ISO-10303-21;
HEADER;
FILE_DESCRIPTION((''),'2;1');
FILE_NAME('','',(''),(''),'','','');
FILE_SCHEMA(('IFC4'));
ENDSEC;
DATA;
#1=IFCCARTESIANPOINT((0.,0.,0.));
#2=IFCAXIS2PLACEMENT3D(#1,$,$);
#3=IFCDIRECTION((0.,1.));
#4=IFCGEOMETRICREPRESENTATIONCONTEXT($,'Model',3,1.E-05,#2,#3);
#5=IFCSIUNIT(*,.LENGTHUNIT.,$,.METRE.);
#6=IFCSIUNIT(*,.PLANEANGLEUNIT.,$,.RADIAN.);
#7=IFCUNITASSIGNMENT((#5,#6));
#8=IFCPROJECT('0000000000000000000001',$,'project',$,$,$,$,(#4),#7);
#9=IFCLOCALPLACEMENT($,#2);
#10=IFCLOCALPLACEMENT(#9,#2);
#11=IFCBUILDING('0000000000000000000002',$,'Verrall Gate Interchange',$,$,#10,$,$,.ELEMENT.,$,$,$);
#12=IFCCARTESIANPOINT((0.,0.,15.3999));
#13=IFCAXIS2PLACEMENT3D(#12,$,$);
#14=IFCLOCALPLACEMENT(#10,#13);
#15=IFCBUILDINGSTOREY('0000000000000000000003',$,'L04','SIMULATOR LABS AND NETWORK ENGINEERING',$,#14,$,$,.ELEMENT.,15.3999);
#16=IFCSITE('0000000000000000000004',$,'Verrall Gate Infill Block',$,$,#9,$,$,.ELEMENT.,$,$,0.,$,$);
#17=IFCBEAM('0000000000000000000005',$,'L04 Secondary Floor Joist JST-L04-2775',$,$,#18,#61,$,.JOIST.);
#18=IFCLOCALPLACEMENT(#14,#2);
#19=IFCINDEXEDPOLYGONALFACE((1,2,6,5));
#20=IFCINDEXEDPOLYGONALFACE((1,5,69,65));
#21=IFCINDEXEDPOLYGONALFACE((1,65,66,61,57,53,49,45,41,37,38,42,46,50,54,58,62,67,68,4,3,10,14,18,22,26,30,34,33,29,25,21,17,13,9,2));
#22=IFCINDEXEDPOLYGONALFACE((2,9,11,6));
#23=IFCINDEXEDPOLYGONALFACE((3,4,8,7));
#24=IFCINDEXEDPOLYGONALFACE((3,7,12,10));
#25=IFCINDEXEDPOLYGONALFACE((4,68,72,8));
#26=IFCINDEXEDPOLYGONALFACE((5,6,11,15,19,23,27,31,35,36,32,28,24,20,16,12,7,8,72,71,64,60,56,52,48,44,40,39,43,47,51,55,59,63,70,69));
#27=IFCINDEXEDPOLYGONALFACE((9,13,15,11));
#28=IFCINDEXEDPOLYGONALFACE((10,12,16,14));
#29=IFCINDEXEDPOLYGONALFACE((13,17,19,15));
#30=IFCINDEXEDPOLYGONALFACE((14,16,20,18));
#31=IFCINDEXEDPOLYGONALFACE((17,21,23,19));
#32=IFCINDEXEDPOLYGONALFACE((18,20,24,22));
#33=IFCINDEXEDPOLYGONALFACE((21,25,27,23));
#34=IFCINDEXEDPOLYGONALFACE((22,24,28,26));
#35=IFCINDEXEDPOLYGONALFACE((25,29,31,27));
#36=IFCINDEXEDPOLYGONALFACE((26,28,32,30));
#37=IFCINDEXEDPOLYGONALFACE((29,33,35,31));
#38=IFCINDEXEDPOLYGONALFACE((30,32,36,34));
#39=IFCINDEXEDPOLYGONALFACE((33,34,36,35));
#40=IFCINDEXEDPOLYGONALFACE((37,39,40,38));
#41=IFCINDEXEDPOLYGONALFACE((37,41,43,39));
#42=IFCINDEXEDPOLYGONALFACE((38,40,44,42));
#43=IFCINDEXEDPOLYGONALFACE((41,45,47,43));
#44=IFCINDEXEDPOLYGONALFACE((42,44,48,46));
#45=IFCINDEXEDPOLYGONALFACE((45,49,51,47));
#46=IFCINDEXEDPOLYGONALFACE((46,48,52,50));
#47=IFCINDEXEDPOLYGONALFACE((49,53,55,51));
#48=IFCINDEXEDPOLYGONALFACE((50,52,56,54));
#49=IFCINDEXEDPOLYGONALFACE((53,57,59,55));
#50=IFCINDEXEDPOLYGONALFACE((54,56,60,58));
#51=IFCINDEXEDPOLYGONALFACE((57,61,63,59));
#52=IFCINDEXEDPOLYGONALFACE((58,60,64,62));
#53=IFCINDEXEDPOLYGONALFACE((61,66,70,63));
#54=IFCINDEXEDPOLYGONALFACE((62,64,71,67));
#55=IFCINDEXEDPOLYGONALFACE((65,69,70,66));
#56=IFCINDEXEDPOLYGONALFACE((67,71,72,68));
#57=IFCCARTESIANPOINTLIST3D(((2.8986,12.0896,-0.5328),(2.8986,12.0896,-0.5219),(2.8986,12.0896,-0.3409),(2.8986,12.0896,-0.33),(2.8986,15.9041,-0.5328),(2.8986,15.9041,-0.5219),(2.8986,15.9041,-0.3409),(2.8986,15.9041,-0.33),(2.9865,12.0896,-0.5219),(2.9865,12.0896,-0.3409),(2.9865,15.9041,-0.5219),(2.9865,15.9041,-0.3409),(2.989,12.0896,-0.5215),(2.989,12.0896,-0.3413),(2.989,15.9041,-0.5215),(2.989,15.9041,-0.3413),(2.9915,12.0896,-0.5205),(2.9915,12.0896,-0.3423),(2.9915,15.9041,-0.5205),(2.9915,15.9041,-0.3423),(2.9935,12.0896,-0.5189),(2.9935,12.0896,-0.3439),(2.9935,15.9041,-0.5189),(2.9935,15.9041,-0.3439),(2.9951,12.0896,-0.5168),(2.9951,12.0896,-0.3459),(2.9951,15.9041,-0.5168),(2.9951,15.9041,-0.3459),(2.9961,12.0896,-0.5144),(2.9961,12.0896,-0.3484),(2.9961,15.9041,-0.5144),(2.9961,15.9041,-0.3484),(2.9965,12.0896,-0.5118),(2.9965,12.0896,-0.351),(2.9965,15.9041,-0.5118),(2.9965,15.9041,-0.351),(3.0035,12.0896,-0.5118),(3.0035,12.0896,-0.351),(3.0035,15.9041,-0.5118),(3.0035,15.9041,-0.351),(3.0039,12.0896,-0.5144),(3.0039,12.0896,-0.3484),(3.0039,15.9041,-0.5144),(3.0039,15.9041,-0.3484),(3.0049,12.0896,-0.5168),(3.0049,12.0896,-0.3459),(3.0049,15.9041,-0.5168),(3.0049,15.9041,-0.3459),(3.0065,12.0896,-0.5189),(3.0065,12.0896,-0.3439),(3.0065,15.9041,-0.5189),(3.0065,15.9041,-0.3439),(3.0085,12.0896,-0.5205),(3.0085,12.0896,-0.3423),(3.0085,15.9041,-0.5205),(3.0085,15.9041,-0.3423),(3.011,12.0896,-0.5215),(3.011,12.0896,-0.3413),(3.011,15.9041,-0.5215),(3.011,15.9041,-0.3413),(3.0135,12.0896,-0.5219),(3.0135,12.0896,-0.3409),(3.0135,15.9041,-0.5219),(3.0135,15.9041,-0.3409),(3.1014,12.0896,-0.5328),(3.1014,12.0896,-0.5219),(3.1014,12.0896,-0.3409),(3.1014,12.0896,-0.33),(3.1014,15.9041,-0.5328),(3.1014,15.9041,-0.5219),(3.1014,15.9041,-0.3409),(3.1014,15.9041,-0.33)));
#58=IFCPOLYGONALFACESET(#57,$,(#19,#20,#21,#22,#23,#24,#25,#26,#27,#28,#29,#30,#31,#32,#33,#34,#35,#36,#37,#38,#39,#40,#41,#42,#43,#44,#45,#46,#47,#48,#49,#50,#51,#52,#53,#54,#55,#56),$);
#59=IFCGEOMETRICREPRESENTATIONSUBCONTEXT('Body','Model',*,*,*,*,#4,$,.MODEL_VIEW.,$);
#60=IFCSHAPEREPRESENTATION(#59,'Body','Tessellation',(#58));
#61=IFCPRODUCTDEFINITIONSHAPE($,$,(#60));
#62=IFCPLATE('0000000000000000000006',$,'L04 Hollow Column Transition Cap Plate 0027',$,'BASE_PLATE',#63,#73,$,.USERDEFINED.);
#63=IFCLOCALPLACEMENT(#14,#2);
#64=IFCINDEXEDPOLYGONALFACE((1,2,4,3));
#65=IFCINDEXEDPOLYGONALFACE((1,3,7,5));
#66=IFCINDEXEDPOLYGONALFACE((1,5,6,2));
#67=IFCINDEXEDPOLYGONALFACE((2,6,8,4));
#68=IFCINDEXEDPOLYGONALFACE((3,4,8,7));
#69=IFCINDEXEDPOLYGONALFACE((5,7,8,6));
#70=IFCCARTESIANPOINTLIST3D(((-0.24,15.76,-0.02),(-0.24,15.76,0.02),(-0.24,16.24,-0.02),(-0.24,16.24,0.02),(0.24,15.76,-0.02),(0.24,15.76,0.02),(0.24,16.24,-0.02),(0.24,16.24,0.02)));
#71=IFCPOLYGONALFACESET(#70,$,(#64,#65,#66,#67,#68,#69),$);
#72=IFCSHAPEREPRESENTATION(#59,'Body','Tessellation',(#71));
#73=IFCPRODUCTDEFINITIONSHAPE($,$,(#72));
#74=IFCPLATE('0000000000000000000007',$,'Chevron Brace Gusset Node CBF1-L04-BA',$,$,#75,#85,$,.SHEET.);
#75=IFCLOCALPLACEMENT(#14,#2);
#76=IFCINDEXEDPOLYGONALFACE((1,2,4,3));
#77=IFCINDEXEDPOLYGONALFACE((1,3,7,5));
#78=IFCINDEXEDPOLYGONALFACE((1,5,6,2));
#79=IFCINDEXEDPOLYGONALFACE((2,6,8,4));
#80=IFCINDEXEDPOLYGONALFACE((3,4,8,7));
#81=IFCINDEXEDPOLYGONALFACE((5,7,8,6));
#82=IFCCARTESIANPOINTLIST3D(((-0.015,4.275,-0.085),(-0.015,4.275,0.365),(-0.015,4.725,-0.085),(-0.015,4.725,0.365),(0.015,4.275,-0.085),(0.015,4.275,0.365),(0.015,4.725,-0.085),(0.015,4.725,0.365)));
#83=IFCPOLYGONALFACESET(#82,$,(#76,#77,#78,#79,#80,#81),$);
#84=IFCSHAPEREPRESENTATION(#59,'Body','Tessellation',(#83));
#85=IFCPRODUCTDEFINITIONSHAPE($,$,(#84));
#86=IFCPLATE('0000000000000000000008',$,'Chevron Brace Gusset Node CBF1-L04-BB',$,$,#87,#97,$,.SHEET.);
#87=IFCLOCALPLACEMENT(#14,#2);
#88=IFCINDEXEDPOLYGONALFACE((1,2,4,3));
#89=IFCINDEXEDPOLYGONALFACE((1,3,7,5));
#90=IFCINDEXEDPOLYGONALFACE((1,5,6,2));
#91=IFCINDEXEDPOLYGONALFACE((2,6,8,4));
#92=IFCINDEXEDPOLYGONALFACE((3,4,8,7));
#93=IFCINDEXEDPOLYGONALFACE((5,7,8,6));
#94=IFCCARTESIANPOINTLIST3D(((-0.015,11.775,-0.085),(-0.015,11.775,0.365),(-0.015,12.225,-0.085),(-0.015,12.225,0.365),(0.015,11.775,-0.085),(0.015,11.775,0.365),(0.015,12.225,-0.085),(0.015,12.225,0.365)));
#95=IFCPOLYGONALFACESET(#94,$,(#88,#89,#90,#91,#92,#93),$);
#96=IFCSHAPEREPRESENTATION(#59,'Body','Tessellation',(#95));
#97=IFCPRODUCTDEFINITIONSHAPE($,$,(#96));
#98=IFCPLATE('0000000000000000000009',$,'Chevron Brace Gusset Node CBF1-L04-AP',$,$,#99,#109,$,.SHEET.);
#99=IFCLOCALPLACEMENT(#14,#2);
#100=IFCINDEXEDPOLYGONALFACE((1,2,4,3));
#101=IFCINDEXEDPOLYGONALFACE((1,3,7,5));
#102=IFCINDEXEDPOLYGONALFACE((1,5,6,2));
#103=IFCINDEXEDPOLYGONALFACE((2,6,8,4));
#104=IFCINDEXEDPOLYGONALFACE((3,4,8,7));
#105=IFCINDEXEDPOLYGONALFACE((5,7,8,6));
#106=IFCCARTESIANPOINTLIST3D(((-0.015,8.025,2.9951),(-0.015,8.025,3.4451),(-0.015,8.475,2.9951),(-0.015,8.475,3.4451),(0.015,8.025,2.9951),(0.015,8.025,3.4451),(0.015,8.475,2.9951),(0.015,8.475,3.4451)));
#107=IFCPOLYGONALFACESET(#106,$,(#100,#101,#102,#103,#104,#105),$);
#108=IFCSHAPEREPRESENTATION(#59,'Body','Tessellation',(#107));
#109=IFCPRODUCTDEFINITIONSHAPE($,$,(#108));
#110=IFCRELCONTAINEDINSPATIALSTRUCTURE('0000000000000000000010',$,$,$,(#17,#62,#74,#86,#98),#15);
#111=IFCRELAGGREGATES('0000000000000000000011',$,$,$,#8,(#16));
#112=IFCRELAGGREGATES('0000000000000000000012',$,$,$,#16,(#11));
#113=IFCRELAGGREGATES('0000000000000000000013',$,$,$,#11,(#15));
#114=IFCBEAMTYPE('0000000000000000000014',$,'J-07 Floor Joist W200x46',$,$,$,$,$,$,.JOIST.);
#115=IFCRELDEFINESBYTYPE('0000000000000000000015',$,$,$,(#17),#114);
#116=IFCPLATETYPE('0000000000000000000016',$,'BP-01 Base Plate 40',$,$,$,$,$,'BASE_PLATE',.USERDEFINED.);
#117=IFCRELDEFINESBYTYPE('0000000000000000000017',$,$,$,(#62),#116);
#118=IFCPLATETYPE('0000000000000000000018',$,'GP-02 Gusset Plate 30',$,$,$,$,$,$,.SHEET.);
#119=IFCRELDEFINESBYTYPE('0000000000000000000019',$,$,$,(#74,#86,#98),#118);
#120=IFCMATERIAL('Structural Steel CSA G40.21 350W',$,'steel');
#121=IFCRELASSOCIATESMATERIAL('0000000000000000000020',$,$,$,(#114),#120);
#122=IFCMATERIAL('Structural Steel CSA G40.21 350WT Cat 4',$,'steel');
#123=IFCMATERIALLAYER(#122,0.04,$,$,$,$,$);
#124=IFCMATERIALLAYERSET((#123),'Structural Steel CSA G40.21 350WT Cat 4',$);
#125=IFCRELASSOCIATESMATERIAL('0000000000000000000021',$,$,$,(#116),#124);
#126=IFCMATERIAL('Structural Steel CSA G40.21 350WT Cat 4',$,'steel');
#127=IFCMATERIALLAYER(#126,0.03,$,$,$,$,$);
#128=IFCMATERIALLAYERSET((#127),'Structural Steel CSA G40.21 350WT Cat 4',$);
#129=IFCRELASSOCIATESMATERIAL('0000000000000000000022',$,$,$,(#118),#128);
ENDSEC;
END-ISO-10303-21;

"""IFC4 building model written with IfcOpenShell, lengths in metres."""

from ifc_helpers import new_model, si_unit, direction, frame, origin, origin_2d, place, context, subcontext, project, spatial, rectangle, i_section, extrude, material, layer, layer_set, material_profile, profile_set, type_object, element, save


model = new_model("IFC4")

# Units and contexts
model_context = context("Model", 3, precision=1e-05, world=origin(), true_north=direction((0.0, 1.0)))
body_context = subcontext(model_context, "Body", "Model", "MODEL_VIEW")
ifc_project = project(units=[si_unit("LENGTHUNIT", "METRE"), si_unit("PLANEANGLEUNIT", "RADIAN")], contexts=[model_context])

# Site, building, storey
site_placement = place(None, origin())
site = spatial("IfcSite", under=ifc_project, at=site_placement, Name="Verrall Gate Infill Block", CompositionType="ELEMENT", RefElevation=0.0)
building_placement = place(site_placement, origin())
building = spatial("IfcBuilding", under=site, at=building_placement, Name="Verrall Gate Interchange", CompositionType="ELEMENT")
storey_placement = place(building_placement, frame((0.0, 0.0, 15.3999)))
storey = spatial("IfcBuildingStorey", under=building, at=storey_placement, Name="L04", Description="SIMULATOR LABS AND NETWORK ENGINEERING", CompositionType="ELEMENT", Elevation=15.3999)

# Beam
ifc_material_1 = material(Name="Structural Steel CSA G40.21 350W", Category="steel")
ifc_material_profile_1 = material_profile(ifc_material_1, i_section(OverallWidth=0.2029, OverallDepth=0.2029, WebThickness=0.0071, FlangeThickness=0.011, FilletRadius=0.01, at=origin_2d()), Name="W200x46")
ifc_profile_set_1 = profile_set([ifc_material_profile_1], Name="Structural Steel CSA G40.21 350W")
beam_type_1 = type_object("IfcBeamType", Name="J-07 Floor Joist W200x46", PredefinedType="JOIST", material=ifc_profile_set_1)
beam_1_placement = place(storey_placement, frame((3.0, 12.0896, -0.4314), z_axis=(0.0, 1.0, 0.0), x_axis=(-1.0, 0.0, 0.0)))
element("IfcBeam", 1, at=beam_1_placement, inside=storey, type_object=beam_type_1, Name="L04 Secondary Floor Joist JST-L04-2775", PredefinedType="JOIST", context=body_context, shape_type="SweptSolid", body=[
    extrude(i_section(OverallWidth=0.2029, OverallDepth=0.2029, WebThickness=0.0071, FlangeThickness=0.011, FilletRadius=0.01, at=origin_2d()), origin(), (0.0, 0.0, 1.0), 3.8145),
])

# Plates
ifc_material_2 = material(Name="Structural Steel CSA G40.21 350WT Cat 4", Category="steel")
ifc_layer_1 = layer(ifc_material_2, 0.04)
ifc_layer_set_1 = layer_set([ifc_layer_1], Name="Structural Steel CSA G40.21 350WT Cat 4")
plate_type_1 = type_object("IfcPlateType", Name="BP-01 Base Plate 40", ElementType="BASE_PLATE", PredefinedType="USERDEFINED", material=ifc_layer_set_1)
plate_placement = place(storey_placement, frame((0.0, 16.0, -0.02), z_axis=(0.0, 0.0, 1.0), x_axis=(1.0, 0.0, 0.0)))
element("IfcPlate", 2, at=plate_placement, inside=storey, type_object=plate_type_1, Name="L04 Hollow Column Transition Cap Plate 0027", ObjectType="BASE_PLATE", PredefinedType="USERDEFINED", context=body_context, shape_type="SweptSolid", body=[
    extrude(rectangle(XDim=0.48, YDim=0.48, at=origin_2d()), origin(), (0.0, 0.0, 1.0), 0.04),
])
ifc_material_3 = material(Name="Structural Steel CSA G40.21 350WT Cat 4", Category="steel")
ifc_layer_2 = layer(ifc_material_3, 0.03)
ifc_layer_set_2 = layer_set([ifc_layer_2], Name="Structural Steel CSA G40.21 350WT Cat 4")
plate_type_2 = type_object("IfcPlateType", Name="GP-02 Gusset Plate 30", PredefinedType="SHEET", material=ifc_layer_set_2)
for number, where, z_axis, x_axis, name in (
    (3, (0.0, 4.5, -0.085), (0.0, 0.0, 1.0), (1.0, 0.0, 0.0), "Chevron Brace Gusset Node CBF1-L04-BA"),
    (4, (0.0, 12.0, -0.085), (0.0, 0.0, 1.0), (1.0, 0.0, 0.0), "Chevron Brace Gusset Node CBF1-L04-BB"),
    (5, (0.0, 8.25, 2.9951), (0.0, 0.0, 1.0), (1.0, 0.0, 0.0), "Chevron Brace Gusset Node CBF1-L04-AP"),
):
    element("IfcPlate", number, at=place(storey_placement, frame(where, z_axis=z_axis, x_axis=x_axis)), inside=storey, type_object=plate_type_2, Name=name, PredefinedType="SHEET", context=body_context, shape_type="SweptSolid", body=[
        extrude(rectangle(XDim=0.03, YDim=0.45, at=origin_2d()), origin(), (0.0, 0.0, 1.0), 0.45),
    ])

save(model, "model.ifc")
